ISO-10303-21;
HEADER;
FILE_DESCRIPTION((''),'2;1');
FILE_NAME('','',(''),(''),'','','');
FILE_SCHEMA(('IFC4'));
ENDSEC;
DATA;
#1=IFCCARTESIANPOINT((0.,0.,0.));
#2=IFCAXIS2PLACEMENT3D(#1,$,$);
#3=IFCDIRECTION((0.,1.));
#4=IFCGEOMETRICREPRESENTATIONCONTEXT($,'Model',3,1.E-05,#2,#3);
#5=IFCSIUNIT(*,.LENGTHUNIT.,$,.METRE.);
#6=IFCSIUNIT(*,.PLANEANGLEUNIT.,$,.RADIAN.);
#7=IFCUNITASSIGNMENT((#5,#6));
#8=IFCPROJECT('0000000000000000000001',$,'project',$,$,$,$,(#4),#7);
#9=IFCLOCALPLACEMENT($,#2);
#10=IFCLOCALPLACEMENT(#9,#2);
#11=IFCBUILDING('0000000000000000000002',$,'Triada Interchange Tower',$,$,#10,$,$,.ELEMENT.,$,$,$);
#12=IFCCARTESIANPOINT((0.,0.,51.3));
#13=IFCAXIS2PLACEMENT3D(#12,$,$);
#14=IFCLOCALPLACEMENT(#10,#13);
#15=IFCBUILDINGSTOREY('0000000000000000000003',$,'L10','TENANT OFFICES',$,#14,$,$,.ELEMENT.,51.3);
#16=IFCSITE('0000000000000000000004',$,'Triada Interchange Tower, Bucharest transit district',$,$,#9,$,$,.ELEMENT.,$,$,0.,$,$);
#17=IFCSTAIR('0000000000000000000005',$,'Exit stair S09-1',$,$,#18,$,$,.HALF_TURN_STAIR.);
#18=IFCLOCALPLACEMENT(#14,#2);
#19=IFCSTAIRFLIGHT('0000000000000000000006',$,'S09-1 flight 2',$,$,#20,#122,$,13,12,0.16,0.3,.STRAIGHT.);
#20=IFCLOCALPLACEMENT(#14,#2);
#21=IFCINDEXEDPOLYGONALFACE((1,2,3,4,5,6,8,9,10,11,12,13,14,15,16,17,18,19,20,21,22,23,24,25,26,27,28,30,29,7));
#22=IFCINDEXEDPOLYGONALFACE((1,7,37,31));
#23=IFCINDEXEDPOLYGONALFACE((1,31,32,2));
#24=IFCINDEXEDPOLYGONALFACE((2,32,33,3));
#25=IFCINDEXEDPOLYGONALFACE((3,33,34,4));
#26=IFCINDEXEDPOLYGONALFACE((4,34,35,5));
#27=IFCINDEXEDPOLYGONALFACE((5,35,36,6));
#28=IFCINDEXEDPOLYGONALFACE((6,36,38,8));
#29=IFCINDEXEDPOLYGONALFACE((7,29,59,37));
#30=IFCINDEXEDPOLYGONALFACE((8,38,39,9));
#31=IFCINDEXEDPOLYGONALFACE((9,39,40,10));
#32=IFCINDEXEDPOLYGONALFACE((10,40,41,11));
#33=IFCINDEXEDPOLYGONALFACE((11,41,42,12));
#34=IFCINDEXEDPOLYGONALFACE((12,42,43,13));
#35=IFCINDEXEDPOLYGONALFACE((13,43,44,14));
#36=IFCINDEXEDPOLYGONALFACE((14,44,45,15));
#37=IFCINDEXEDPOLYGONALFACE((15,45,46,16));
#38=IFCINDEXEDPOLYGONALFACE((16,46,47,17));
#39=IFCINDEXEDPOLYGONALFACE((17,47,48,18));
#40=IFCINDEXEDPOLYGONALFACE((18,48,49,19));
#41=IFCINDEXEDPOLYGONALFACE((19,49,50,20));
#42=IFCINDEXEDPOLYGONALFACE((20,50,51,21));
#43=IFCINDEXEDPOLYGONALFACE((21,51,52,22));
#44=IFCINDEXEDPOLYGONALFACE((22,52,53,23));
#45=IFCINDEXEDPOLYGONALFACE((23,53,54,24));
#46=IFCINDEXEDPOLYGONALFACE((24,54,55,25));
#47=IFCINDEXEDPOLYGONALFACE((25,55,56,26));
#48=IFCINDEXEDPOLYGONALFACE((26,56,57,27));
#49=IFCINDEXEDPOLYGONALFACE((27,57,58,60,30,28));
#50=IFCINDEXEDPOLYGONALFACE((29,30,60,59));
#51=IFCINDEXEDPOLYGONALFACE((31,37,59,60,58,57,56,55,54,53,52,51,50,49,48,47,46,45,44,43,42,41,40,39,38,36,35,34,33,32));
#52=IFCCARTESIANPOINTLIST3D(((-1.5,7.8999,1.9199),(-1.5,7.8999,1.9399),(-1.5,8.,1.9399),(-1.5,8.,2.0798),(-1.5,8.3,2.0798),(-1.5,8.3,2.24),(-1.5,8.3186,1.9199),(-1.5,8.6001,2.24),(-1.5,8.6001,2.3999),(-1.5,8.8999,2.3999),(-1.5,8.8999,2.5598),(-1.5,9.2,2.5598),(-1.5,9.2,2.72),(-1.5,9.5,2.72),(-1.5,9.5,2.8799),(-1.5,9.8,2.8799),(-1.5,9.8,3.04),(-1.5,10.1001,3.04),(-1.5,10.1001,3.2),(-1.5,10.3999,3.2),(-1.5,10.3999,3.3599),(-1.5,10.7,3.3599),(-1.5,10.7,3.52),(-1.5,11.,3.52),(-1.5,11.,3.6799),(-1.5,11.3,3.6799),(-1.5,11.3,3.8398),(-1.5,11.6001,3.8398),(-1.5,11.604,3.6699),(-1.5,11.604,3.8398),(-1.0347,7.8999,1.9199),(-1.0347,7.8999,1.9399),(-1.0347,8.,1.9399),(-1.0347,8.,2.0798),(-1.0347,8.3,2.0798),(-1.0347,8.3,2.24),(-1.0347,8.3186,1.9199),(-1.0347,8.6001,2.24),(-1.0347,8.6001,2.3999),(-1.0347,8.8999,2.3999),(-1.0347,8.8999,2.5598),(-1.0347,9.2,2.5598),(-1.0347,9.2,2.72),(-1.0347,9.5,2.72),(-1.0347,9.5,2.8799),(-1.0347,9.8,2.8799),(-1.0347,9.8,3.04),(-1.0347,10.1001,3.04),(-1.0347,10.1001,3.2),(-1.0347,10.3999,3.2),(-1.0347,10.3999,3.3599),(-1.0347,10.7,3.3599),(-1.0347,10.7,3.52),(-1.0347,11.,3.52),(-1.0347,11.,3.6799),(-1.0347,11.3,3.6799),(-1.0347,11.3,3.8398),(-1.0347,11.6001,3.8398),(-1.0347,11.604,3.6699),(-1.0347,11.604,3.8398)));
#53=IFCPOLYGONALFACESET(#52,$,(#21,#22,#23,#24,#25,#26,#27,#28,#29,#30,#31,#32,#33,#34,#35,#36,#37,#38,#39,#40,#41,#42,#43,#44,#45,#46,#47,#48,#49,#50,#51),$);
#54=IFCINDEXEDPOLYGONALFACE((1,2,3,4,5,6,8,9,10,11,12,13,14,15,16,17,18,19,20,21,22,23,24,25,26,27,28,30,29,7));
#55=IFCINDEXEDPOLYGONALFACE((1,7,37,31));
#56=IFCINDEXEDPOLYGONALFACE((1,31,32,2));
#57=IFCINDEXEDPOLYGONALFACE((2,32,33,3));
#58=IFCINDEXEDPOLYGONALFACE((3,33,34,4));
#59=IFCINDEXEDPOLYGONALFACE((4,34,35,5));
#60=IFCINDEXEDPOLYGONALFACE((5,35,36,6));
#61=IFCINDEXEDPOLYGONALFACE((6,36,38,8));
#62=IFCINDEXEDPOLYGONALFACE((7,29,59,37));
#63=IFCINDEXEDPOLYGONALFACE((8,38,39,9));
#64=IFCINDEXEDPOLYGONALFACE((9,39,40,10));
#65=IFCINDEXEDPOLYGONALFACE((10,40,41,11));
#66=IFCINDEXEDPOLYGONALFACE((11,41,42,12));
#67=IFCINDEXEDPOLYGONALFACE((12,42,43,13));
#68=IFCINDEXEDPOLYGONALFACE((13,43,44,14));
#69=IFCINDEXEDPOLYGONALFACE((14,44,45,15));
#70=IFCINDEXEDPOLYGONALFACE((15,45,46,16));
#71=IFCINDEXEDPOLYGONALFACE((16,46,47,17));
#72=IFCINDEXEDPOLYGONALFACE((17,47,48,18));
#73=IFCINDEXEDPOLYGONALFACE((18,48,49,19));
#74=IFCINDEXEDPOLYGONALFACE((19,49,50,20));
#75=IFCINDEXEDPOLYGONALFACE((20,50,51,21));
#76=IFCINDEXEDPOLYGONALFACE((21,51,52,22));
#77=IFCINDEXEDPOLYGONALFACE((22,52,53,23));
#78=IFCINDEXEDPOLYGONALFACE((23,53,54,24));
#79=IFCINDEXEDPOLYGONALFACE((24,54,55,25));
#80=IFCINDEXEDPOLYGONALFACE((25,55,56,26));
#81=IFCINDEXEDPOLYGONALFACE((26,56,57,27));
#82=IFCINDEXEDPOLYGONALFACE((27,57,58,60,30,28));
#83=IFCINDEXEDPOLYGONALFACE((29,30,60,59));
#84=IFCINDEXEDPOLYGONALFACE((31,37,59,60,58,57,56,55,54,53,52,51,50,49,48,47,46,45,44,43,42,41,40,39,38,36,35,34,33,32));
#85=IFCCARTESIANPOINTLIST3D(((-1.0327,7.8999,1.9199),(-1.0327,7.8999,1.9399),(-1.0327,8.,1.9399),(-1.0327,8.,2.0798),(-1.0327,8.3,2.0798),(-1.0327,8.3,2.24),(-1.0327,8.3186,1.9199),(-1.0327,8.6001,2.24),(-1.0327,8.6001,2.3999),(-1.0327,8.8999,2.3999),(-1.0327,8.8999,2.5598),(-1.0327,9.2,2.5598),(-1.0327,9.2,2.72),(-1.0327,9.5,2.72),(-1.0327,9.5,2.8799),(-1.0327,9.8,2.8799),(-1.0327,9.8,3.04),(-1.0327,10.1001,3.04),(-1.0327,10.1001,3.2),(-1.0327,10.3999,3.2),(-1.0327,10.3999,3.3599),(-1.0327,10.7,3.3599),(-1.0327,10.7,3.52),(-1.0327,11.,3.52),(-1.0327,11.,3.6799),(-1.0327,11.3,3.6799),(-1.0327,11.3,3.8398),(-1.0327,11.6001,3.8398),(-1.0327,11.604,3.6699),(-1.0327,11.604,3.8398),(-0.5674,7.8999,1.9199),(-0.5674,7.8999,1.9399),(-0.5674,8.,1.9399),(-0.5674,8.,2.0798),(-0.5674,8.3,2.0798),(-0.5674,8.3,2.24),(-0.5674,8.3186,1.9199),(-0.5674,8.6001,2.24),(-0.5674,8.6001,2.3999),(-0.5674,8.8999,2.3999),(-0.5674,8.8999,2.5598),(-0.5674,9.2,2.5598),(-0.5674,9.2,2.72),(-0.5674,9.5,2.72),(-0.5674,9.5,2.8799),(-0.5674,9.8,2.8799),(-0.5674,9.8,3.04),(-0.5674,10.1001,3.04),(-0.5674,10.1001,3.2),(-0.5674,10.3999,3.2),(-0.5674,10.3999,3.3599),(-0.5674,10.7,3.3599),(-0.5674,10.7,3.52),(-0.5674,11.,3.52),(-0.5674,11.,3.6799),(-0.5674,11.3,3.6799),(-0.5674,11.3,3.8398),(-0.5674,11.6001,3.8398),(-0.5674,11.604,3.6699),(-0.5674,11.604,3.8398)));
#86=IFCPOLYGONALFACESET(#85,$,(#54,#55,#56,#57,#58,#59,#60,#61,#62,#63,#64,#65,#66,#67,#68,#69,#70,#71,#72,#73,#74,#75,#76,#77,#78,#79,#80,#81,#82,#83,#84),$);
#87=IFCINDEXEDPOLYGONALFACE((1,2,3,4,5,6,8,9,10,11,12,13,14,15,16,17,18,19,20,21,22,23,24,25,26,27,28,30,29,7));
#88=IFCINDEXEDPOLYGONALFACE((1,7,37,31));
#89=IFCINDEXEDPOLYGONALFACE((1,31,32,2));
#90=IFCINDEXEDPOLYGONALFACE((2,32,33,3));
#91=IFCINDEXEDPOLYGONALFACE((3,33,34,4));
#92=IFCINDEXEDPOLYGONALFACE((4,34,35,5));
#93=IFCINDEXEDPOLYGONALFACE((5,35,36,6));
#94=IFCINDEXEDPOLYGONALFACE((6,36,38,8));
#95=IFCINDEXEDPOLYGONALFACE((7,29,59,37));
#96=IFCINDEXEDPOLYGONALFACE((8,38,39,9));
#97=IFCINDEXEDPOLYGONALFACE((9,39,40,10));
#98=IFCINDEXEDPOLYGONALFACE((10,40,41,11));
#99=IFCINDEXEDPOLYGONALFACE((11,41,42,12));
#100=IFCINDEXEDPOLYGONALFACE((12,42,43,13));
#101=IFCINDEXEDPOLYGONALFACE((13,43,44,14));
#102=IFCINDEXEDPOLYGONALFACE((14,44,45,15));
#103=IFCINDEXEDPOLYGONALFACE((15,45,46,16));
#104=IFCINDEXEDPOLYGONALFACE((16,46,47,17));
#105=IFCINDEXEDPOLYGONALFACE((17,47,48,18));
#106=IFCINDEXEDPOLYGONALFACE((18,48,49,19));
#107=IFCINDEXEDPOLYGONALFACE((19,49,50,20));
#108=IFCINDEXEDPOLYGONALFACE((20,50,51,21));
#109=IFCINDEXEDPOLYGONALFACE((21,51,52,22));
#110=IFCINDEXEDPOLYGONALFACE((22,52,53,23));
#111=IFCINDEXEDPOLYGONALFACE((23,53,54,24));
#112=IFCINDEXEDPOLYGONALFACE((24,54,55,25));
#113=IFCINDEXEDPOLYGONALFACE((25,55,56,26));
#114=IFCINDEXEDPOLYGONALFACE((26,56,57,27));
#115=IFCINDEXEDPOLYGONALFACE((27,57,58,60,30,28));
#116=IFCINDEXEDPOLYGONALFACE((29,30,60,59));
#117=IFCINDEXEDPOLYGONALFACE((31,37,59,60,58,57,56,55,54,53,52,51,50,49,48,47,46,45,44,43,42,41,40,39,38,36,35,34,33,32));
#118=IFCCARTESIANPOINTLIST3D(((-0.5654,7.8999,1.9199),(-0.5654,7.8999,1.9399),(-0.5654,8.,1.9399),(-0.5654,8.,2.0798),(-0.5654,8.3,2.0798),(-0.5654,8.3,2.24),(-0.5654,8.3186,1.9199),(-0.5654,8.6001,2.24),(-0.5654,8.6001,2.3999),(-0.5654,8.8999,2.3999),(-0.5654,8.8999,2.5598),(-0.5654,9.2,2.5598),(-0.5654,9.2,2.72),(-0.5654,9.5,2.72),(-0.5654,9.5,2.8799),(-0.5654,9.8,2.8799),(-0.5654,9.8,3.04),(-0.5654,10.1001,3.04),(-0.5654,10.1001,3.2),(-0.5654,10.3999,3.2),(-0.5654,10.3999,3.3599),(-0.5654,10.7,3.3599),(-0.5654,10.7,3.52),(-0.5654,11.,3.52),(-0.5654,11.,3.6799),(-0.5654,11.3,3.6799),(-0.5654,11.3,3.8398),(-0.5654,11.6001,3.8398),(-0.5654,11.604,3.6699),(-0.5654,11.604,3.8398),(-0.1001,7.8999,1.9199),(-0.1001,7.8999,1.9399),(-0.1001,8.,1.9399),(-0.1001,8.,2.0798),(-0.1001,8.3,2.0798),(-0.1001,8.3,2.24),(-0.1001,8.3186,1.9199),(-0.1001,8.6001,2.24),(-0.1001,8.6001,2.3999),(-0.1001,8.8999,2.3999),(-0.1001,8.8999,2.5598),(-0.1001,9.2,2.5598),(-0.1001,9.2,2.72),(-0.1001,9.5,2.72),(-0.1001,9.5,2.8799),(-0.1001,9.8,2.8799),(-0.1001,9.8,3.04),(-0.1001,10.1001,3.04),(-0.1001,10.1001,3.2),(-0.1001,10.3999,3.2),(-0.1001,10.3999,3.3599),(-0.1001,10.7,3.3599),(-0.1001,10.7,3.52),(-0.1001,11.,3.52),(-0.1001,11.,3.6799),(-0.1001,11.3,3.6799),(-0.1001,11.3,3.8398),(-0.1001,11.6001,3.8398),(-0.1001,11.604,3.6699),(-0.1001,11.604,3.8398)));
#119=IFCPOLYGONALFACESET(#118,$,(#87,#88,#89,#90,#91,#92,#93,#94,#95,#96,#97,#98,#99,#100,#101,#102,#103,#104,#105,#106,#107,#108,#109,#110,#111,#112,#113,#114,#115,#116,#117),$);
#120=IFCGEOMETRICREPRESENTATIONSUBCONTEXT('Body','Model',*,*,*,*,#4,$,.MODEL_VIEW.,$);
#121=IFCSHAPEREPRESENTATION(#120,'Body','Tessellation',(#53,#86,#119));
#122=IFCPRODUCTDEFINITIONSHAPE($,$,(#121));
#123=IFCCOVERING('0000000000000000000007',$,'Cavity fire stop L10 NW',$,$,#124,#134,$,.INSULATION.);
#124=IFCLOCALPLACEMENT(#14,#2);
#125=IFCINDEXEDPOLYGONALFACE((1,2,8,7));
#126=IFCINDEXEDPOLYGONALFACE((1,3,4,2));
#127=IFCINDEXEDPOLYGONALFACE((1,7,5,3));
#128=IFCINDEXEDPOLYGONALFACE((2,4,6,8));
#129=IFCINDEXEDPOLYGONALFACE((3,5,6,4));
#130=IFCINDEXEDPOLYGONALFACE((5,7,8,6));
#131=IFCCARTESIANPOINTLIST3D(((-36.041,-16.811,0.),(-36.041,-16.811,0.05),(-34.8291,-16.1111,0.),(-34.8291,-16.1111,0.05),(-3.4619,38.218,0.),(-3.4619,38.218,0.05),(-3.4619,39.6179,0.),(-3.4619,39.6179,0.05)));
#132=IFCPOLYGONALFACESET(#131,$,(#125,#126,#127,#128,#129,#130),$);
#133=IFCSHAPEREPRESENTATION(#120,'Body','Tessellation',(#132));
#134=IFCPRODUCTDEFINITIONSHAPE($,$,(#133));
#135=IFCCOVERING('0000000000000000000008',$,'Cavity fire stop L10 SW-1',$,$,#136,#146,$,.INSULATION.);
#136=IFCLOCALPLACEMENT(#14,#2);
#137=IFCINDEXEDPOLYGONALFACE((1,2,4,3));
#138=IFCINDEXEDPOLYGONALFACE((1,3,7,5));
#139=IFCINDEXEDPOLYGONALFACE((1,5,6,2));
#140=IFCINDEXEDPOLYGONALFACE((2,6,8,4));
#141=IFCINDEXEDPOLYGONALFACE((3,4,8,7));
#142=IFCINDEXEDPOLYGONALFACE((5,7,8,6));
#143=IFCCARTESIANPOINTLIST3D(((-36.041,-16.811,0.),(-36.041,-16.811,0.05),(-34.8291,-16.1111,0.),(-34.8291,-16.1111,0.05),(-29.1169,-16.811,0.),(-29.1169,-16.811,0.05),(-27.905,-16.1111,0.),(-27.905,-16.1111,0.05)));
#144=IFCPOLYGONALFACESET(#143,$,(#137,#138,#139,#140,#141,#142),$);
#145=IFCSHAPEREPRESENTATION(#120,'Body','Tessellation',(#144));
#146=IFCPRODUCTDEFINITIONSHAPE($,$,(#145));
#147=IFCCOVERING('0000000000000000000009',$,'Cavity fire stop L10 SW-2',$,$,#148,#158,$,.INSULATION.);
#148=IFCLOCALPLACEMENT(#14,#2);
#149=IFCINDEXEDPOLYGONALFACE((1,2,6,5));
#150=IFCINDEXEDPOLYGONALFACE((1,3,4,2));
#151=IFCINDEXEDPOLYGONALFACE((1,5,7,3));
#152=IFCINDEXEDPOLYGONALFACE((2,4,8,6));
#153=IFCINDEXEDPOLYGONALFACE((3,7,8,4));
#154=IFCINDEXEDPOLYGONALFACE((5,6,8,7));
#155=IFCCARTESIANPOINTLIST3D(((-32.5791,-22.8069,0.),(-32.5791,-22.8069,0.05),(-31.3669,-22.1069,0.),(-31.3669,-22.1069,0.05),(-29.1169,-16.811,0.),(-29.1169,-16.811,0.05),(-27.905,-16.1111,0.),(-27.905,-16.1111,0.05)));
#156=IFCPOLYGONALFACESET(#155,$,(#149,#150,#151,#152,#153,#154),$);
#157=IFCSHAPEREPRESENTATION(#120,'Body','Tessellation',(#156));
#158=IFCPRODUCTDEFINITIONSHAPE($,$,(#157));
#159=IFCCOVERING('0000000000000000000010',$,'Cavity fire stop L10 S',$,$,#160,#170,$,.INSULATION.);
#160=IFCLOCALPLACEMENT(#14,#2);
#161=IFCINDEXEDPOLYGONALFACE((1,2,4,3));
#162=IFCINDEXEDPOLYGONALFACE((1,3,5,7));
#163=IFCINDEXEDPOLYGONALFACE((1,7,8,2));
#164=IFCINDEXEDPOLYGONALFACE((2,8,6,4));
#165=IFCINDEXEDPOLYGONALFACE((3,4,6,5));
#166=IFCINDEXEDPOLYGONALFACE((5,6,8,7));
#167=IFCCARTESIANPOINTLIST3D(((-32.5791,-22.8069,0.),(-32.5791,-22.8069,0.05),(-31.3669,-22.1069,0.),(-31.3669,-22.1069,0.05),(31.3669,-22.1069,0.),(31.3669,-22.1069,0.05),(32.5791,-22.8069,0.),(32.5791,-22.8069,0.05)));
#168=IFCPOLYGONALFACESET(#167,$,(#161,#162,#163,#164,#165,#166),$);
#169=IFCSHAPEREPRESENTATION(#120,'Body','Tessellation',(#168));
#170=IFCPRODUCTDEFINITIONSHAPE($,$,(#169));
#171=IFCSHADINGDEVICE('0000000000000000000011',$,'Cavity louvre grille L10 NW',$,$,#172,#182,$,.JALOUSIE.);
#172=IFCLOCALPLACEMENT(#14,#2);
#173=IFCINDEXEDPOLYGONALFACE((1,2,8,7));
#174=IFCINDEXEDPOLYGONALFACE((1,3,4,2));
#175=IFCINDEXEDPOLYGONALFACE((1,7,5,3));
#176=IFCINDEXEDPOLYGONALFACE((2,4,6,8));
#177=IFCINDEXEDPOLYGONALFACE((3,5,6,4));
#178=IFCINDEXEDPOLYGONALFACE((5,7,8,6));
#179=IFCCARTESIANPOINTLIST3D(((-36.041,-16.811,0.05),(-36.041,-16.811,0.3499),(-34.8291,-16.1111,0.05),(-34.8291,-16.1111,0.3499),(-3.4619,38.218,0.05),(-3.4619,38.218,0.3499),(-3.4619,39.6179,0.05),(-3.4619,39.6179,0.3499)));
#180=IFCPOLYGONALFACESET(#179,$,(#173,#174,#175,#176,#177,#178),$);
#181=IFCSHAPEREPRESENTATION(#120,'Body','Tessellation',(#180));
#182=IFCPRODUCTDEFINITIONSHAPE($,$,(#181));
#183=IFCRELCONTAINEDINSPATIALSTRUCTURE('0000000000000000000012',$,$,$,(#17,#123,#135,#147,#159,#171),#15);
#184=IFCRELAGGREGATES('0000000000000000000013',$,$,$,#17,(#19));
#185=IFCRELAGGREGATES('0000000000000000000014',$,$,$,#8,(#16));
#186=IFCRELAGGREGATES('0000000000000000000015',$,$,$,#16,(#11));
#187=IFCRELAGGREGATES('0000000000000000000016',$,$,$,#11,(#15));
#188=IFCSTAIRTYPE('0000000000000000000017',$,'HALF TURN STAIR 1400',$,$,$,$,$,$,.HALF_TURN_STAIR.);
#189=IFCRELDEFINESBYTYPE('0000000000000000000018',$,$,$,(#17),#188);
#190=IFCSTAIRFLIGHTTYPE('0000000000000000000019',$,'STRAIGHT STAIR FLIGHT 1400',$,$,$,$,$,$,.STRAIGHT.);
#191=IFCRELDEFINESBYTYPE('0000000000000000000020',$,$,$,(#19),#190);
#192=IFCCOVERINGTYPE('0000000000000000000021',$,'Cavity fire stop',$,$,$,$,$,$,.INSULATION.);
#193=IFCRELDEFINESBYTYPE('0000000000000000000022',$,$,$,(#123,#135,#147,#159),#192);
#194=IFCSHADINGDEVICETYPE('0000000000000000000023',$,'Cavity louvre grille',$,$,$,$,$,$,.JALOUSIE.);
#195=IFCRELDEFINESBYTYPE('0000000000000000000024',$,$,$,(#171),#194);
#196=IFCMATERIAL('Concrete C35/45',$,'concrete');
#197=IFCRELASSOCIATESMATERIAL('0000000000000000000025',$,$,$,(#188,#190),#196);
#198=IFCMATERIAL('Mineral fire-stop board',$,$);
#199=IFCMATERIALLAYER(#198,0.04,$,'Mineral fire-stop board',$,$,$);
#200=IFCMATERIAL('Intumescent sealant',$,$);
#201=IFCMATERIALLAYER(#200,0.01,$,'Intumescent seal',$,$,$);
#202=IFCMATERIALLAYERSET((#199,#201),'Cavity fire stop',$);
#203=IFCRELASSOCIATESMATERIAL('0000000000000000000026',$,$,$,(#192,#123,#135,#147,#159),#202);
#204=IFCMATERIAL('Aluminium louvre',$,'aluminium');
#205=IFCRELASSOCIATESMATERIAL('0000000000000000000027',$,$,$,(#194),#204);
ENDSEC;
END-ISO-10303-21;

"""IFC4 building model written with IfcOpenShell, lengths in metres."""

from ifc_helpers import new_model, si_unit, direction, frame, origin, place, context, subcontext, project, spatial, polyline, outline, extrude, material, layer, layer_set, layer_usage, type_object, element, aggregate, save


model = new_model("IFC4")

# Units and contexts
model_context = context("Model", 3, precision=1e-05, world=origin(), true_north=direction((0.0, 1.0)))
body_context = subcontext(model_context, "Body", "Model", "MODEL_VIEW")
ifc_project = project(units=[si_unit("LENGTHUNIT", "METRE"), si_unit("PLANEANGLEUNIT", "RADIAN")], contexts=[model_context])

# Site, building, storey
site_placement = place(None, origin())
site = spatial("IfcSite", under=ifc_project, at=site_placement, Name="Triada Interchange Tower, Bucharest transit district", CompositionType="ELEMENT", RefElevation=0.0)
building_placement = place(site_placement, origin())
building = spatial("IfcBuilding", under=site, at=building_placement, Name="Triada Interchange Tower", CompositionType="ELEMENT")
storey_placement = place(building_placement, frame((0.0, 0.0, 51.3)))
storey = spatial("IfcBuildingStorey", under=building, at=storey_placement, Name="L10", Description="TENANT OFFICES", CompositionType="ELEMENT", Elevation=51.3)

# Stair, stair flight
ifc_material_1 = material(Name="Concrete C35/45", Category="concrete")
stair_type = type_object("IfcStairType", Name="HALF TURN STAIR 1400", PredefinedType="HALF_TURN_STAIR", material=ifc_material_1)
stair_placement = place(storey_placement, origin())
stair = element("IfcStair", 1, at=stair_placement, inside=storey, type_object=stair_type, Name="Exit stair S09-1", PredefinedType="HALF_TURN_STAIR")
stair_flight_type = type_object("IfcStairFlightType", Name="STRAIGHT STAIR FLIGHT 1400", PredefinedType="STRAIGHT", material=ifc_material_1)
stair_flight_placement = place(storey_placement, frame((-0.8, 8.0, 1.9199), z_axis=(0.0, 0.0, 1.0), x_axis=(0.0, 1.0, 0.0)))
stair_flight = element("IfcStairFlight", 2, at=stair_flight_placement, type_object=stair_flight_type, Name="S09-1 flight 2", NumberOfRisers=13, NumberOfTreads=12, PredefinedType="STRAIGHT", RiserHeight=0.16, TreadLength=0.3, context=body_context, shape_type="SweptSolid", body=[
    extrude(outline(polyline([(-0.1001, 0.0), (-0.1001, 0.02), (0.0, 0.02), (0.0, 0.1599), (0.3, 0.1599), (0.3, 0.3201), (0.6001, 0.3201), (0.6001, 0.48), (0.8999, 0.48), (0.8999, 0.6399), (1.2, 0.6399), (1.2, 0.8), (1.5, 0.8), (1.5, 0.96), (1.8, 0.96), (1.8, 1.1201), (2.1001, 1.1201), (2.1001, 1.28), (2.3999, 1.28), (2.3999, 1.4399), (2.7, 1.4399), (2.7, 1.6001), (3.0, 1.6001), (3.0, 1.76), (3.3, 1.76), (3.3, 1.9199), (3.6001, 1.9199), (3.604, 1.9199), (3.604, 2.0801), (3.604, 1.75), (0.3186, 0.0), (-0.1001, 0.0)])), frame((0.0, 0.7, 0.0), z_axis=(0.0, -1.0, 0.0), x_axis=(1.0, 0.0, 0.0)), (0.0, 0.0, 1.0), 0.4653),
    extrude(outline(polyline([(-0.1001, 0.0), (-0.1001, 0.02), (0.0, 0.02), (0.0, 0.1599), (0.3, 0.1599), (0.3, 0.3201), (0.6001, 0.3201), (0.6001, 0.48), (0.8999, 0.48), (0.8999, 0.6399), (1.2, 0.6399), (1.2, 0.8), (1.5, 0.8), (1.5, 0.96), (1.8, 0.96), (1.8, 1.1201), (2.1001, 1.1201), (2.1001, 1.28), (2.3999, 1.28), (2.3999, 1.4399), (2.7, 1.4399), (2.7, 1.6001), (3.0, 1.6001), (3.0, 1.76), (3.3, 1.76), (3.3, 1.9199), (3.6001, 1.9199), (3.604, 1.9199), (3.604, 2.0801), (3.604, 1.75), (0.3186, 0.0), (-0.1001, 0.0)])), frame((0.0, 0.2327, 0.0), z_axis=(0.0, -1.0, 0.0), x_axis=(1.0, 0.0, 0.0)), (0.0, 0.0, 1.0), 0.4653),
    extrude(outline(polyline([(-0.1001, 0.0), (-0.1001, 0.02), (0.0, 0.02), (0.0, 0.1599), (0.3, 0.1599), (0.3, 0.3201), (0.6001, 0.3201), (0.6001, 0.48), (0.8999, 0.48), (0.8999, 0.6399), (1.2, 0.6399), (1.2, 0.8), (1.5, 0.8), (1.5, 0.96), (1.8, 0.96), (1.8, 1.1201), (2.1001, 1.1201), (2.1001, 1.28), (2.3999, 1.28), (2.3999, 1.4399), (2.7, 1.4399), (2.7, 1.6001), (3.0, 1.6001), (3.0, 1.76), (3.3, 1.76), (3.3, 1.9199), (3.6001, 1.9199), (3.604, 1.9199), (3.604, 2.0801), (3.604, 1.75), (0.3186, 0.0), (-0.1001, 0.0)])), frame((0.0, -0.2346, 0.0), z_axis=(0.0, -1.0, 0.0), x_axis=(1.0, 0.0, 0.0)), (0.0, 0.0, 1.0), 0.4653),
])

# Coverings
ifc_material_2 = material(Name="Mineral fire-stop board")
ifc_layer_1 = layer(ifc_material_2, 0.04, Name="Mineral fire-stop board")
ifc_material_3 = material(Name="Intumescent sealant")
ifc_layer_2 = layer(ifc_material_3, 0.01, Name="Intumescent seal")
ifc_layer_set_1 = layer_set([ifc_layer_1, ifc_layer_2], Name="Cavity fire stop")
ifc_layer_usage = layer_usage(ifc_layer_set_1, "AXIS3", "POSITIVE", 0.0)
covering_type = type_object("IfcCoveringType", Name="Cavity fire stop", PredefinedType="INSULATION", material=ifc_layer_set_1)
covering_1_placement = place(storey_placement, origin())
element("IfcCovering", 3, at=covering_1_placement, inside=storey, type_object=covering_type, material=ifc_layer_usage, Name="Cavity fire stop L10 NW", PredefinedType="INSULATION", context=body_context, shape_type="SweptSolid", body=[
    extrude(outline(polyline([(-3.4619, 38.218), (-3.4619, 39.6179), (-36.041, -16.811), (-34.8291, -16.1111), (-3.4619, 38.218)])), origin(), (0.0, 0.0, 1.0), 0.05),
])
covering_2_placement = place(storey_placement, origin())
element("IfcCovering", 4, at=covering_2_placement, inside=storey, type_object=covering_type, material=ifc_layer_usage, Name="Cavity fire stop L10 SW-1", PredefinedType="INSULATION", context=body_context, shape_type="SweptSolid", body=[
    extrude(outline(polyline([(-34.8291, -16.1111), (-36.041, -16.811), (-29.1169, -16.811), (-27.905, -16.1111), (-34.8291, -16.1111)])), origin(), (0.0, 0.0, 1.0), 0.05),
])
covering_3_placement = place(storey_placement, origin())
element("IfcCovering", 5, at=covering_3_placement, inside=storey, type_object=covering_type, material=ifc_layer_usage, Name="Cavity fire stop L10 SW-2", PredefinedType="INSULATION", context=body_context, shape_type="SweptSolid", body=[
    extrude(outline(polyline([(-27.905, -16.1111), (-29.1169, -16.811), (-32.5791, -22.8069), (-31.3669, -22.1069), (-27.905, -16.1111)])), origin(), (0.0, 0.0, 1.0), 0.05),
])
covering_4_placement = place(storey_placement, origin())
element("IfcCovering", 6, at=covering_4_placement, inside=storey, type_object=covering_type, material=ifc_layer_usage, Name="Cavity fire stop L10 S", PredefinedType="INSULATION", context=body_context, shape_type="SweptSolid", body=[
    extrude(outline(polyline([(-31.3669, -22.1069), (-32.5791, -22.8069), (32.5791, -22.8069), (31.3669, -22.1069), (-31.3669, -22.1069)])), origin(), (0.0, 0.0, 1.0), 0.05),
])

# Shading device
ifc_material_4 = material(Name="Aluminium louvre", Category="aluminium")
shading_device_type = type_object("IfcShadingDeviceType", Name="Cavity louvre grille", PredefinedType="JALOUSIE", material=ifc_material_4)
shading_device_1_placement = place(storey_placement, frame((0.0, 0.0, 0.05)))
element("IfcShadingDevice", 7, at=shading_device_1_placement, inside=storey, type_object=shading_device_type, Name="Cavity louvre grille L10 NW", PredefinedType="JALOUSIE", context=body_context, shape_type="SweptSolid", body=[
    extrude(outline(polyline([(-3.4619, 38.218), (-3.4619, 39.6179), (-36.041, -16.811), (-34.8291, -16.1111), (-3.4619, 38.218)])), origin(), (0.0, 0.0, 1.0), 0.2998),
])

aggregate(stair, [stair_flight])

save(model, "model.ifc")
